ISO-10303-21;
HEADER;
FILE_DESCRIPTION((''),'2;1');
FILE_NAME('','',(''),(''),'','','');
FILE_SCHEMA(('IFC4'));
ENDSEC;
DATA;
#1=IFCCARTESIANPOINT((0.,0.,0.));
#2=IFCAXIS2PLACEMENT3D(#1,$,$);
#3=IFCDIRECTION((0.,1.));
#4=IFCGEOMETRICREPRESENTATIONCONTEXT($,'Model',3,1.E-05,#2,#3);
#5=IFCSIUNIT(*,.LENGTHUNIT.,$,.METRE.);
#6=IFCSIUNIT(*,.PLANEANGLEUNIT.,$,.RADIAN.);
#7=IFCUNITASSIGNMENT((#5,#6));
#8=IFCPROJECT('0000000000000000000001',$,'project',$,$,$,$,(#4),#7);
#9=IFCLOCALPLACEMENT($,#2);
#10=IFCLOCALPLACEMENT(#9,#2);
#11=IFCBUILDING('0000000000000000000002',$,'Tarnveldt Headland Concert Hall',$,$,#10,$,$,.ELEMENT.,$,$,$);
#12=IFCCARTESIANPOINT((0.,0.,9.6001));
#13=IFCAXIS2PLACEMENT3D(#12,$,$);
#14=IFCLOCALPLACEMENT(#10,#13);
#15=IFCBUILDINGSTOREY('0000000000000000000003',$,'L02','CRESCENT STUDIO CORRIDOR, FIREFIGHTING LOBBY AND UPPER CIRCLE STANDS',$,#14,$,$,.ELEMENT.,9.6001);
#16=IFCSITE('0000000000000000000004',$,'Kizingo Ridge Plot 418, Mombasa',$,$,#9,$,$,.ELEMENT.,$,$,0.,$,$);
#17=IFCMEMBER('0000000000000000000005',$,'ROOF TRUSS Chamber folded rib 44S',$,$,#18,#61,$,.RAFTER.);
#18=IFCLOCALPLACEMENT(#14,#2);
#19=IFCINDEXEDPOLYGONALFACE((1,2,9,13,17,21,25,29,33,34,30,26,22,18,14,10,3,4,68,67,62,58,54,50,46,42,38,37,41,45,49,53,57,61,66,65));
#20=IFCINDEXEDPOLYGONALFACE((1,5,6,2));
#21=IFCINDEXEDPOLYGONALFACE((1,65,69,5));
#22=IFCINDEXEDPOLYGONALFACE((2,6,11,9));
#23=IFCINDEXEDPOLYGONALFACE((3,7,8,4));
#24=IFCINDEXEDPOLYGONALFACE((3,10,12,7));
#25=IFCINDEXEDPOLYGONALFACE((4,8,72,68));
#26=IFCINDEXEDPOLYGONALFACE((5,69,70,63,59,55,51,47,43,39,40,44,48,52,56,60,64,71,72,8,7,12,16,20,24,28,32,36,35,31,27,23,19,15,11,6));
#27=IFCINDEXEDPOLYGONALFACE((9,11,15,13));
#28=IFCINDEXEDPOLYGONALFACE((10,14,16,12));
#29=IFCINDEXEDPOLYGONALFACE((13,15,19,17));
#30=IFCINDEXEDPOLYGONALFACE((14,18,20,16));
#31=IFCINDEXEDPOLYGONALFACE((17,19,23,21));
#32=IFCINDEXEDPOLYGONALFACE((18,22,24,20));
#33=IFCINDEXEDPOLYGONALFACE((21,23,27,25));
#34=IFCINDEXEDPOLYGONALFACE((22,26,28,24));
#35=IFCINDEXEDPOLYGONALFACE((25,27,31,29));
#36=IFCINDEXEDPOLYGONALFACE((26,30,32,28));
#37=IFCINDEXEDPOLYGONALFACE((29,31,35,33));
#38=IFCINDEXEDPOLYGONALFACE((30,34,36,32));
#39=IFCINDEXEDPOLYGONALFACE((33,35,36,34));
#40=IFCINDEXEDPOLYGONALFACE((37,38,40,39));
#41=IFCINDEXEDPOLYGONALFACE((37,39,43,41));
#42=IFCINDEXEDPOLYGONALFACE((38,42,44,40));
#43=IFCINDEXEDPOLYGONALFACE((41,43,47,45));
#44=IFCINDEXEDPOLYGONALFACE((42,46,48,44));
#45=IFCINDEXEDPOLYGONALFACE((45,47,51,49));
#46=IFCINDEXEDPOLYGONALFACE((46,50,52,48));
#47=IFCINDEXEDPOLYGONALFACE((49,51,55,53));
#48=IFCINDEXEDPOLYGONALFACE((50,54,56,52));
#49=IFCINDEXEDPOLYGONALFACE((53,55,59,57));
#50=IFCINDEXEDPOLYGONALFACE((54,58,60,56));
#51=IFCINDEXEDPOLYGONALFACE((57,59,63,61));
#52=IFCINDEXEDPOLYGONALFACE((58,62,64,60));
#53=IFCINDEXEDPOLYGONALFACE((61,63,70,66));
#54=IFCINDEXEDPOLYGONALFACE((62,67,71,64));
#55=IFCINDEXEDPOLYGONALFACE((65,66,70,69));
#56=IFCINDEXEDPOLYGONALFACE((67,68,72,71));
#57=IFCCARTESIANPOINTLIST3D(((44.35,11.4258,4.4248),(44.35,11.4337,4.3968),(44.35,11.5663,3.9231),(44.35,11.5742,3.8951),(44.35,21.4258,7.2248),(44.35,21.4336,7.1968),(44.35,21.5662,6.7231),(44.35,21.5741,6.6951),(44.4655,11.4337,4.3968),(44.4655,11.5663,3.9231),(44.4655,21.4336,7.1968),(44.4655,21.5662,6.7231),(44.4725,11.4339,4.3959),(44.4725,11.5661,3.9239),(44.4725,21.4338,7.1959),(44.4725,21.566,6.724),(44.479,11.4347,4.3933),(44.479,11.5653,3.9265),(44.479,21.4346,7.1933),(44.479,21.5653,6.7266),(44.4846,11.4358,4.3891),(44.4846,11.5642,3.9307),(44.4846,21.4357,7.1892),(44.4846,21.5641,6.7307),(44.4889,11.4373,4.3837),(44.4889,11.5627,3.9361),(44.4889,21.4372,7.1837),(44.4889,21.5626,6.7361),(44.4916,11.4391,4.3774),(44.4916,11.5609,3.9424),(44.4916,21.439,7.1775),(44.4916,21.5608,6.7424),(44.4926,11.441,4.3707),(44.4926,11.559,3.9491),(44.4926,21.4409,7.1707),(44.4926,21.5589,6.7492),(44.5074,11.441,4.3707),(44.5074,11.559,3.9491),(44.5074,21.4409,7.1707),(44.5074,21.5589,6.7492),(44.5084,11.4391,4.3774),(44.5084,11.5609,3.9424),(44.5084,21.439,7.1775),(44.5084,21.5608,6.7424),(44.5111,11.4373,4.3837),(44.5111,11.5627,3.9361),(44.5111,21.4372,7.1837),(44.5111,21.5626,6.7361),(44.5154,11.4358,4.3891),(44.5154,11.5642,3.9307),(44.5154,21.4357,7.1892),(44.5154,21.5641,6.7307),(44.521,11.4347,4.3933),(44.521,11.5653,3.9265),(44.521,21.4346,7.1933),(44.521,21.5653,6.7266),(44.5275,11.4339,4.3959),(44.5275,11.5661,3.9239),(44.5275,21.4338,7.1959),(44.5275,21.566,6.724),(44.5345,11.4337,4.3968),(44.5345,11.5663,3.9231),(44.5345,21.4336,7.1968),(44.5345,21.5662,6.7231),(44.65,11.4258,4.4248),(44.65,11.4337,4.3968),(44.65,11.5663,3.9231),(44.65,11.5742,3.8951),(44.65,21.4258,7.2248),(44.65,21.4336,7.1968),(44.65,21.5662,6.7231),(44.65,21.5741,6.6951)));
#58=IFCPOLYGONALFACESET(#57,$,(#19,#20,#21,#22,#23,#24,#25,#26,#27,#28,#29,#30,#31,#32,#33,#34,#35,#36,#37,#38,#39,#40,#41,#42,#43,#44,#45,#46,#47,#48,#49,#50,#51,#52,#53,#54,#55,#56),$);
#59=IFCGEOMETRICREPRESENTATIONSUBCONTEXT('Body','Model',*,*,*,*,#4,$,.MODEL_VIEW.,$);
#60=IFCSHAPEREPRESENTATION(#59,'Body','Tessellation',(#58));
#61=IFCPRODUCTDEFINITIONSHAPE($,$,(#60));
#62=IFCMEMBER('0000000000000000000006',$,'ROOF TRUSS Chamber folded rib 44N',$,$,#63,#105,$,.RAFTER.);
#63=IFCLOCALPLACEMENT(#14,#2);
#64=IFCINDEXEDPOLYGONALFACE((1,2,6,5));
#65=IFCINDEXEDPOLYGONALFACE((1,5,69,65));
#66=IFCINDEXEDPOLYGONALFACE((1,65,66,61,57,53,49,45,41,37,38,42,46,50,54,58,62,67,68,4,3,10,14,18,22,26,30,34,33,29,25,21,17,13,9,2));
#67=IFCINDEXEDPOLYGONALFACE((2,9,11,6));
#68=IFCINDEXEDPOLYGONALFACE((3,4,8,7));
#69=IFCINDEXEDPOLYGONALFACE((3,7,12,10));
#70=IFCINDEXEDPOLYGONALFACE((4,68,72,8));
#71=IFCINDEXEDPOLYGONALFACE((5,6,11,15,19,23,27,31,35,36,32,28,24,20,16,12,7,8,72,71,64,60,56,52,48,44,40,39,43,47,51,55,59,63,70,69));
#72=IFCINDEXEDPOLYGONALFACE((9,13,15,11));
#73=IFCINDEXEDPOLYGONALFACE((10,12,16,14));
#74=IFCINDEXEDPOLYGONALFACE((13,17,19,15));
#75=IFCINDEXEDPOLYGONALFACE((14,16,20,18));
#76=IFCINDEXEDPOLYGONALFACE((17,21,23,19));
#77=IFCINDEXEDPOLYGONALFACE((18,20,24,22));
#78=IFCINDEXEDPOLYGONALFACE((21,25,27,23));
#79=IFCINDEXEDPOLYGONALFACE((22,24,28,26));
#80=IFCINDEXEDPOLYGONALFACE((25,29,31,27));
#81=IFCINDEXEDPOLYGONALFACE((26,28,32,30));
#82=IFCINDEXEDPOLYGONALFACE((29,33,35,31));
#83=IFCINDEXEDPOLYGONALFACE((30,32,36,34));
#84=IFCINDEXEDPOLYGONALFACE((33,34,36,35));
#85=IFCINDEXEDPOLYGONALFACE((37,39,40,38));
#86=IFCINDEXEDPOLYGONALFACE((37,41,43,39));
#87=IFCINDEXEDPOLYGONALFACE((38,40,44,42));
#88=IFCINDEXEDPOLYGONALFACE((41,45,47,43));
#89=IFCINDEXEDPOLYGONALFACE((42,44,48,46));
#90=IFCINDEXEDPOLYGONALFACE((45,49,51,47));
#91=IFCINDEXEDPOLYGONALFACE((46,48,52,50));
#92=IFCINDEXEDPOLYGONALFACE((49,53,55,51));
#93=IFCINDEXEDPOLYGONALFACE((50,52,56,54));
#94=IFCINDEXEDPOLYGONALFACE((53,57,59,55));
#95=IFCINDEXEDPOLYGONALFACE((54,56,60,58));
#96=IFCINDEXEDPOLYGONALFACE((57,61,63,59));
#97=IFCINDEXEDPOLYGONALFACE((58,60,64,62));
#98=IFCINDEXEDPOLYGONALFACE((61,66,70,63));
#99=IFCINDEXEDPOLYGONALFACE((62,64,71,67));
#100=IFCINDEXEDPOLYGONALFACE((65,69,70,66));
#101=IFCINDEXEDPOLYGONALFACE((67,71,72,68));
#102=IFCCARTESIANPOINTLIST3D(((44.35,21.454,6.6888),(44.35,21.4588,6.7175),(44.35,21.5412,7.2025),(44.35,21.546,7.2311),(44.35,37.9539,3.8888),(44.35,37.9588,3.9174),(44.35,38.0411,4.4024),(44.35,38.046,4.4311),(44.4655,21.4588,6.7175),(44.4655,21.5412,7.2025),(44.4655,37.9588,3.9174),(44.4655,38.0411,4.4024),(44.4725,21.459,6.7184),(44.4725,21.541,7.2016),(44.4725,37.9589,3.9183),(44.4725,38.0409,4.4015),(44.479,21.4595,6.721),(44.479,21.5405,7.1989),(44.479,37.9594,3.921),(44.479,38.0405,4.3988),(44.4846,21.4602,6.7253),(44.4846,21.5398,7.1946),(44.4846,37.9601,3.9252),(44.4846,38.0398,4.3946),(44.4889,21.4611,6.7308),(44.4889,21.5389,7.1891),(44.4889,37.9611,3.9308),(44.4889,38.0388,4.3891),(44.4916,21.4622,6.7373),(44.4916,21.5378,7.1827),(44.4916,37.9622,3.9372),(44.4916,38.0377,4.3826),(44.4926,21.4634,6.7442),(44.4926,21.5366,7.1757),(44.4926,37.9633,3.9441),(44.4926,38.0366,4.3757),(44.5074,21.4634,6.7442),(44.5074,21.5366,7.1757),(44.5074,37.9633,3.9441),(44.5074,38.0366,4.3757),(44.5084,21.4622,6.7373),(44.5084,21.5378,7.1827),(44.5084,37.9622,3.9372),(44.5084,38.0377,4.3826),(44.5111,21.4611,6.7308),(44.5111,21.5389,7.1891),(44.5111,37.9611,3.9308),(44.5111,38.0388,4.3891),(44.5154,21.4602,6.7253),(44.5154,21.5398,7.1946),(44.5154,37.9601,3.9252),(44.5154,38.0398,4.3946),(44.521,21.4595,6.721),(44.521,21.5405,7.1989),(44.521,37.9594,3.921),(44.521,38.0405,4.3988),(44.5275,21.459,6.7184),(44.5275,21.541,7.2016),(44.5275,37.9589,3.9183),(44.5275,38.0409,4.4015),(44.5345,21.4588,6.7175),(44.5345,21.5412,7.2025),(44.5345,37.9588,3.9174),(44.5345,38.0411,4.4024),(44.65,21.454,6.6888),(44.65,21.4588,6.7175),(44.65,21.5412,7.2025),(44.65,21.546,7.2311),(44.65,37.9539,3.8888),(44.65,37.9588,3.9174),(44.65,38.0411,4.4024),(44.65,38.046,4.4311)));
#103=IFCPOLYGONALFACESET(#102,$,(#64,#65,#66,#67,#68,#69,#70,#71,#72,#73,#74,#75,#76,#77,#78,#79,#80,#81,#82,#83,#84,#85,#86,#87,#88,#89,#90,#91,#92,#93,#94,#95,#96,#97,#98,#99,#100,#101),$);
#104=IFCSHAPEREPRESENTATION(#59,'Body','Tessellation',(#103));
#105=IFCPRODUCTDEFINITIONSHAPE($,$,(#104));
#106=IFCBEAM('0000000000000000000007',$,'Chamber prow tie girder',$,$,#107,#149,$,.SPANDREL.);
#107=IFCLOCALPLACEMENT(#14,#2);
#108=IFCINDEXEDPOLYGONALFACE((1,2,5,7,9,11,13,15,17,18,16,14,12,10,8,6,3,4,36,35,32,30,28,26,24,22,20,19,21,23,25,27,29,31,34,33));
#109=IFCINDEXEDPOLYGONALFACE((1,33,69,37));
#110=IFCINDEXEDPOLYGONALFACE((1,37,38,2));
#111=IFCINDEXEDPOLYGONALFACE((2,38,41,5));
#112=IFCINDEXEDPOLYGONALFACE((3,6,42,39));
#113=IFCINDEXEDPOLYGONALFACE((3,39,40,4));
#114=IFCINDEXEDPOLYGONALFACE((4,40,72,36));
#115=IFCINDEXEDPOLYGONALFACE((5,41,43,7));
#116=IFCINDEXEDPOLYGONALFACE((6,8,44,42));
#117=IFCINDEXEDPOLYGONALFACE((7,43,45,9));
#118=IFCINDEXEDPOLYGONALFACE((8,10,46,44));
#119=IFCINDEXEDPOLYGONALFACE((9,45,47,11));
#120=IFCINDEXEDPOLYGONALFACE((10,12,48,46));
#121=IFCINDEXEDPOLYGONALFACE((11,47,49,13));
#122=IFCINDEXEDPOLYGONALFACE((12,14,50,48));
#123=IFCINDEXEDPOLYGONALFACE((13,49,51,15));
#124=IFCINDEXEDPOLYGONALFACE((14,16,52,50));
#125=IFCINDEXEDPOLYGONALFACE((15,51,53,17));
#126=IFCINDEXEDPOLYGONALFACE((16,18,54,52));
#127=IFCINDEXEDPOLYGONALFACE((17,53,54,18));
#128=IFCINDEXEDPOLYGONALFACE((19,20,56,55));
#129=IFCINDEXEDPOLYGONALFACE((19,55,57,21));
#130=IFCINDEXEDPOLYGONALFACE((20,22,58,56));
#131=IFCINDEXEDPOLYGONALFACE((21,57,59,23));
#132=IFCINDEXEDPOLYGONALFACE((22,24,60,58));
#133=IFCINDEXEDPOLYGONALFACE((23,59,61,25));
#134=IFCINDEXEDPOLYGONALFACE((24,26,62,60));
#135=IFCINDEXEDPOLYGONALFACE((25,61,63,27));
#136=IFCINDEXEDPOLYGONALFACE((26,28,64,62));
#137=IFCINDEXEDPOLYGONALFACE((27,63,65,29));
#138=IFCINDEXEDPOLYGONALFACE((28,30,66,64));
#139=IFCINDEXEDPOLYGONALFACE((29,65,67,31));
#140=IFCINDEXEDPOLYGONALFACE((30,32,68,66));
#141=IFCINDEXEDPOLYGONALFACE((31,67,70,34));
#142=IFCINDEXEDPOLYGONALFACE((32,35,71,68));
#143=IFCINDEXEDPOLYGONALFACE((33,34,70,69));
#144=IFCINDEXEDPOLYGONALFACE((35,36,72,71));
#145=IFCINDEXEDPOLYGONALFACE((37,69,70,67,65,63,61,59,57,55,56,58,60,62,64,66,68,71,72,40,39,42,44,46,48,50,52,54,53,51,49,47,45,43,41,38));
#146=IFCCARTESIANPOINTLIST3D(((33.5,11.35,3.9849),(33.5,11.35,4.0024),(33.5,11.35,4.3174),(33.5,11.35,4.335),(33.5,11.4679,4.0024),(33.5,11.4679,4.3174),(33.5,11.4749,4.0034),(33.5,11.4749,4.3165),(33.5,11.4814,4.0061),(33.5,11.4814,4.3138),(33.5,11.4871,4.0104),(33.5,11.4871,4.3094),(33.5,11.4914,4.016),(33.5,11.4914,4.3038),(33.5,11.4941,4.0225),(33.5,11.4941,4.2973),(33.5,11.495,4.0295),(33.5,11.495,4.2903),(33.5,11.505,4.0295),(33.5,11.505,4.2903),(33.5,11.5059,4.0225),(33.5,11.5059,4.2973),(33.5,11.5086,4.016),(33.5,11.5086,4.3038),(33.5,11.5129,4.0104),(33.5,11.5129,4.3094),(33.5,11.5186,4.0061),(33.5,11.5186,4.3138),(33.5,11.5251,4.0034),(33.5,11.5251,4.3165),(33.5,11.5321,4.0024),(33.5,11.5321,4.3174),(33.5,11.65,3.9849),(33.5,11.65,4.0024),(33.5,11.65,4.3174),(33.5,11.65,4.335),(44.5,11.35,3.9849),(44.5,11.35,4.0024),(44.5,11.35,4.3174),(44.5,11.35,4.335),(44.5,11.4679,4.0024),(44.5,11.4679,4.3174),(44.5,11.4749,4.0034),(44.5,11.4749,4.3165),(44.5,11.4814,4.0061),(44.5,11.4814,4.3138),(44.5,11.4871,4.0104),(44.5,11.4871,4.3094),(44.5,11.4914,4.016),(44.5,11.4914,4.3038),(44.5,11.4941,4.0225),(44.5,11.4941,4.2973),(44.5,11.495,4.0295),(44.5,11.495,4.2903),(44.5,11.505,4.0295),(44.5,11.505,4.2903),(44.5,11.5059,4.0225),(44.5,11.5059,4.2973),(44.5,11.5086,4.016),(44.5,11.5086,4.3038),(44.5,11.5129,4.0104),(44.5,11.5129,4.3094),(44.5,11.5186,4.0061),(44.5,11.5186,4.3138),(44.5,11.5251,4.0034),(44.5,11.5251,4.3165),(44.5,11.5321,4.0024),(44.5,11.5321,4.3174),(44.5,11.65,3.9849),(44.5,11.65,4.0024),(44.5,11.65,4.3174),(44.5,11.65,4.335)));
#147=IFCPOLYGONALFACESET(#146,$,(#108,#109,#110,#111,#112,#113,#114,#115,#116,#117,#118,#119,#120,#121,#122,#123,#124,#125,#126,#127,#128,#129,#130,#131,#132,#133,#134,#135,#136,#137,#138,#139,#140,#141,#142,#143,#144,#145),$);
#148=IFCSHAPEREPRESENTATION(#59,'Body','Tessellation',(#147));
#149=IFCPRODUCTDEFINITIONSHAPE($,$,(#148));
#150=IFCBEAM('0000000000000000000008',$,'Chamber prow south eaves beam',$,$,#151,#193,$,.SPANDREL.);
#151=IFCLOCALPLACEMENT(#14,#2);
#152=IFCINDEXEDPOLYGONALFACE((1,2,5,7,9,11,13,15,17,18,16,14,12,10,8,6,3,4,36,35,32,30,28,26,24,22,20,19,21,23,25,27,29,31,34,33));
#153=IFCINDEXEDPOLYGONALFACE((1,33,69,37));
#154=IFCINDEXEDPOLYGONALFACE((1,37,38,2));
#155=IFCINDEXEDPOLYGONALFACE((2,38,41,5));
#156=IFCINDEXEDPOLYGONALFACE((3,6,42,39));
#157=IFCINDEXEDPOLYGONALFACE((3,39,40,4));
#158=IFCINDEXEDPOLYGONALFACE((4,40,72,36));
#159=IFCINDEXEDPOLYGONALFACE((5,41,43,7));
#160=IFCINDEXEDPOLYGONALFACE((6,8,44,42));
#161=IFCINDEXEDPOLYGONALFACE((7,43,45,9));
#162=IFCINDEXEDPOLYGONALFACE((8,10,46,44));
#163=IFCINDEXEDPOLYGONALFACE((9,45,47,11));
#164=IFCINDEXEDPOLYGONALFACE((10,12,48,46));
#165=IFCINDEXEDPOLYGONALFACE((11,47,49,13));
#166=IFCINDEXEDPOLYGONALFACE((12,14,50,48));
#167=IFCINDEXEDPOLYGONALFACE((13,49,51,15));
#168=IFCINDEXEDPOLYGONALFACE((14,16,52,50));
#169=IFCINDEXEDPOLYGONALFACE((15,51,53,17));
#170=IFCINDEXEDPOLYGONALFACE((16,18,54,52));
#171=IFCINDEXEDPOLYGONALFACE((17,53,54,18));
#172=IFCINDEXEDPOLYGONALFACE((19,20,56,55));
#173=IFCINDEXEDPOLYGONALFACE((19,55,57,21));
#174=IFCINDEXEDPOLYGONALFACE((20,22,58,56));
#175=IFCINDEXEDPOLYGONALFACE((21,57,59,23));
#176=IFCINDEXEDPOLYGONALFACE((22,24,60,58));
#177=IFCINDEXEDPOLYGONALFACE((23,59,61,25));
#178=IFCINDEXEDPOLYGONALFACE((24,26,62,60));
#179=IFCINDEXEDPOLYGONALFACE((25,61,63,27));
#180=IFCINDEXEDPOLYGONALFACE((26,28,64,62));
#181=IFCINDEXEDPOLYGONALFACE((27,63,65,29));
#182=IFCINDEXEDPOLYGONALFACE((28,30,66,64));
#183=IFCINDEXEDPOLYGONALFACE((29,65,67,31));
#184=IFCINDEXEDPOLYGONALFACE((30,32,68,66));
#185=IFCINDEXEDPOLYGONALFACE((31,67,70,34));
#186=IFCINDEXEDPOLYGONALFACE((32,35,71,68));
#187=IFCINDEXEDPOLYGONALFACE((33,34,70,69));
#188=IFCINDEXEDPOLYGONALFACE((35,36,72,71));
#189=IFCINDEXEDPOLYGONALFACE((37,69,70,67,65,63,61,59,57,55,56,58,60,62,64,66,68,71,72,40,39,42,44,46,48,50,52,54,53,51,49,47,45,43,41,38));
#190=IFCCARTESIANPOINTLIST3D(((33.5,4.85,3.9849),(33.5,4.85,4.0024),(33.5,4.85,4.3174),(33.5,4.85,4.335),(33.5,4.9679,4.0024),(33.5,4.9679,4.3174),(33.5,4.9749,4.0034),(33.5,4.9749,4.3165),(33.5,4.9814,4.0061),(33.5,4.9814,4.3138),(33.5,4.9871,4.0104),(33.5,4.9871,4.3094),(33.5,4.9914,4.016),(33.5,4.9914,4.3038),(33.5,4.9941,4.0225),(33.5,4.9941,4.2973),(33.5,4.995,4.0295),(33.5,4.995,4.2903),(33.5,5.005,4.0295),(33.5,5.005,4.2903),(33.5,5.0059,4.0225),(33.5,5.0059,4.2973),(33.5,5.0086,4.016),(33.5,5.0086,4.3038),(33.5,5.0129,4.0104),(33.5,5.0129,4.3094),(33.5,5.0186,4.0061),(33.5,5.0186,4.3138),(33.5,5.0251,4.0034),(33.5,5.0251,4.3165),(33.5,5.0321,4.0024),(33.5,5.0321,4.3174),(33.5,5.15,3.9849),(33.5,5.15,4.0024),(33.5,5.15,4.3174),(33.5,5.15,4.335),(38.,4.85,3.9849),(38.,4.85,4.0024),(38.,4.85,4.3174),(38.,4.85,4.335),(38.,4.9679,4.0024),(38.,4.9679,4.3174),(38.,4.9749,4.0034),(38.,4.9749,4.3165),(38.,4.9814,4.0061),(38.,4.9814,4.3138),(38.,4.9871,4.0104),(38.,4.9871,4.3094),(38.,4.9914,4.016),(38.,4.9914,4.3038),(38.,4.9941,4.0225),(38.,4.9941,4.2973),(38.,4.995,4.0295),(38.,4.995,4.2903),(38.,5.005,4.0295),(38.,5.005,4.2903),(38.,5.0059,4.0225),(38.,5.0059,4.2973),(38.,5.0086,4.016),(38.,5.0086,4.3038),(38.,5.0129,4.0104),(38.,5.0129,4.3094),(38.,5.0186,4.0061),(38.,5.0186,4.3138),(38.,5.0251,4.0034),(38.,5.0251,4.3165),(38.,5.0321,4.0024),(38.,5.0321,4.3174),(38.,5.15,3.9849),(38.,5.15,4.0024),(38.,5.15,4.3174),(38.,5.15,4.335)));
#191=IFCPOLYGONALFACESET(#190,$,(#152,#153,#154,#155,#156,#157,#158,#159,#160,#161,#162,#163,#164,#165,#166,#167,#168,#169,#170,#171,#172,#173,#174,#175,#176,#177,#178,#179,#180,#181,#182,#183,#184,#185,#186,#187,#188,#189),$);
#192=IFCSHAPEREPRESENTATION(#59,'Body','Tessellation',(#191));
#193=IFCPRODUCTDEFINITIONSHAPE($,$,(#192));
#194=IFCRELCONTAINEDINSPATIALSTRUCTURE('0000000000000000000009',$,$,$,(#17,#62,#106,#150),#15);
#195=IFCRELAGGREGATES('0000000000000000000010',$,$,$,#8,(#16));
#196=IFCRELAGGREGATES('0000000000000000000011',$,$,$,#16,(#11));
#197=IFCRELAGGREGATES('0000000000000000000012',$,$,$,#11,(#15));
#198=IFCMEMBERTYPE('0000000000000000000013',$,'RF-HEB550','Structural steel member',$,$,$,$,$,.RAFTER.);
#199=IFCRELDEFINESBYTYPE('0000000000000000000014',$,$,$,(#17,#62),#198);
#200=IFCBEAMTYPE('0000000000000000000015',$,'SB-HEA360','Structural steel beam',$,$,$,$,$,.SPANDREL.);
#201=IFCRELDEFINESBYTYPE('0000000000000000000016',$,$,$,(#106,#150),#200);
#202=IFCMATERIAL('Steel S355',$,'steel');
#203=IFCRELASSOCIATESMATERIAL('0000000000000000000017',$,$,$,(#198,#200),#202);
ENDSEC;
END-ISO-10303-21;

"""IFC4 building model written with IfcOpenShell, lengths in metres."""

from ifc_helpers import new_model, si_unit, direction, frame, origin, origin_2d, place, context, subcontext, project, spatial, i_section, extrude, material, material_profile, profile_set, type_object, element, save


model = new_model("IFC4")

# Units and contexts
model_context = context("Model", 3, precision=1e-05, world=origin(), true_north=direction((0.0, 1.0)))
body_context = subcontext(model_context, "Body", "Model", "MODEL_VIEW")
ifc_project = project(units=[si_unit("LENGTHUNIT", "METRE"), si_unit("PLANEANGLEUNIT", "RADIAN")], contexts=[model_context])

# Site, building, storey
site_placement = place(None, origin())
site = spatial("IfcSite", under=ifc_project, at=site_placement, Name="Kizingo Ridge Plot 418, Mombasa", CompositionType="ELEMENT", RefElevation=0.0)
building_placement = place(site_placement, origin())
building = spatial("IfcBuilding", under=site, at=building_placement, Name="Tarnveldt Headland Concert Hall", CompositionType="ELEMENT")
storey_placement = place(building_placement, frame((0.0, 0.0, 9.6001)))
storey = spatial("IfcBuildingStorey", under=building, at=storey_placement, Name="L02", Description="CRESCENT STUDIO CORRIDOR, FIREFIGHTING LOBBY AND UPPER CIRCLE STANDS", CompositionType="ELEMENT", Elevation=9.6001)

# Shared definitions
ifc_material_1 = material(Name="Steel S355", Category="steel")

# Members
ifc_material_profile_1 = material_profile(ifc_material_1, i_section(OverallWidth=0.3, OverallDepth=0.55, WebThickness=0.0149, FlangeThickness=0.0291, FilletRadius=0.0271, at=origin_2d()), Name="HEB550", Category="steel")
ifc_profile_set_1 = profile_set([ifc_material_profile_1], Name="Steel S355")
member_type_1 = type_object("IfcMemberType", Name="RF-HEB550", Description="Structural steel member", PredefinedType="RAFTER", material=ifc_profile_set_1)
member_1_placement = place(storey_placement, frame((44.5, 11.5, 4.1599), z_axis=(0.0, 0.962963, 0.269634), x_axis=(-1.0, 0.0, 0.0)))
element("IfcMember", 1, at=member_1_placement, inside=storey, type_object=member_type_1, Name="ROOF TRUSS Chamber folded rib 44S", PredefinedType="RAFTER", context=body_context, shape_type="SweptSolid", body=[
    extrude(i_section(OverallWidth=0.3, OverallDepth=0.55, WebThickness=0.0149, FlangeThickness=0.0291, FilletRadius=0.0271, at=origin_2d()), origin(), (0.0, 0.0, 1.0), 10.3845),
])
member_2_placement = place(storey_placement, frame((44.5, 21.5, 6.96), z_axis=(0.0, 0.985905, -0.167308), x_axis=(-1.0, 0.0, 0.0)))
element("IfcMember", 2, at=member_2_placement, inside=storey, type_object=member_type_1, Name="ROOF TRUSS Chamber folded rib 44N", PredefinedType="RAFTER", context=body_context, shape_type="SweptSolid", body=[
    extrude(i_section(OverallWidth=0.3, OverallDepth=0.55, WebThickness=0.0149, FlangeThickness=0.0291, FilletRadius=0.0271, at=origin_2d()), origin(), (0.0, 0.0, 1.0), 16.7358),
])

# Beams
ifc_material_profile_2 = material_profile(ifc_material_1, i_section(OverallWidth=0.3, OverallDepth=0.3501, WebThickness=0.01, FlangeThickness=0.0176, FilletRadius=0.0271, at=origin_2d()), Name="HEA360", Category="steel")
ifc_profile_set_2 = profile_set([ifc_material_profile_2], Name="Steel S355")
beam_type_1 = type_object("IfcBeamType", Name="SB-HEA360", Description="Structural steel beam", PredefinedType="SPANDREL", material=ifc_profile_set_2)
beam_1_placement = place(storey_placement, frame((33.5, 11.5, 4.1599), z_axis=(1.0, 0.0, 0.0), x_axis=(0.0, 1.0, 0.0)))
element("IfcBeam", 3, at=beam_1_placement, inside=storey, type_object=beam_type_1, Name="Chamber prow tie girder", PredefinedType="SPANDREL", context=body_context, shape_type="SweptSolid", body=[
    extrude(i_section(OverallWidth=0.3, OverallDepth=0.3501, WebThickness=0.01, FlangeThickness=0.0176, FilletRadius=0.0271, at=origin_2d()), origin(), (0.0, 0.0, 1.0), 11.0),
])
beam_2_placement = place(storey_placement, frame((33.5, 5.0, 4.1599), z_axis=(1.0, 0.0, 0.0), x_axis=(0.0, 1.0, 0.0)))
element("IfcBeam", 4, at=beam_2_placement, inside=storey, type_object=beam_type_1, Name="Chamber prow south eaves beam", PredefinedType="SPANDREL", context=body_context, shape_type="SweptSolid", body=[
    extrude(i_section(OverallWidth=0.3, OverallDepth=0.3501, WebThickness=0.01, FlangeThickness=0.0176, FilletRadius=0.0271, at=origin_2d()), origin(), (0.0, 0.0, 1.0), 4.5),
])

save(model, "model.ifc")
